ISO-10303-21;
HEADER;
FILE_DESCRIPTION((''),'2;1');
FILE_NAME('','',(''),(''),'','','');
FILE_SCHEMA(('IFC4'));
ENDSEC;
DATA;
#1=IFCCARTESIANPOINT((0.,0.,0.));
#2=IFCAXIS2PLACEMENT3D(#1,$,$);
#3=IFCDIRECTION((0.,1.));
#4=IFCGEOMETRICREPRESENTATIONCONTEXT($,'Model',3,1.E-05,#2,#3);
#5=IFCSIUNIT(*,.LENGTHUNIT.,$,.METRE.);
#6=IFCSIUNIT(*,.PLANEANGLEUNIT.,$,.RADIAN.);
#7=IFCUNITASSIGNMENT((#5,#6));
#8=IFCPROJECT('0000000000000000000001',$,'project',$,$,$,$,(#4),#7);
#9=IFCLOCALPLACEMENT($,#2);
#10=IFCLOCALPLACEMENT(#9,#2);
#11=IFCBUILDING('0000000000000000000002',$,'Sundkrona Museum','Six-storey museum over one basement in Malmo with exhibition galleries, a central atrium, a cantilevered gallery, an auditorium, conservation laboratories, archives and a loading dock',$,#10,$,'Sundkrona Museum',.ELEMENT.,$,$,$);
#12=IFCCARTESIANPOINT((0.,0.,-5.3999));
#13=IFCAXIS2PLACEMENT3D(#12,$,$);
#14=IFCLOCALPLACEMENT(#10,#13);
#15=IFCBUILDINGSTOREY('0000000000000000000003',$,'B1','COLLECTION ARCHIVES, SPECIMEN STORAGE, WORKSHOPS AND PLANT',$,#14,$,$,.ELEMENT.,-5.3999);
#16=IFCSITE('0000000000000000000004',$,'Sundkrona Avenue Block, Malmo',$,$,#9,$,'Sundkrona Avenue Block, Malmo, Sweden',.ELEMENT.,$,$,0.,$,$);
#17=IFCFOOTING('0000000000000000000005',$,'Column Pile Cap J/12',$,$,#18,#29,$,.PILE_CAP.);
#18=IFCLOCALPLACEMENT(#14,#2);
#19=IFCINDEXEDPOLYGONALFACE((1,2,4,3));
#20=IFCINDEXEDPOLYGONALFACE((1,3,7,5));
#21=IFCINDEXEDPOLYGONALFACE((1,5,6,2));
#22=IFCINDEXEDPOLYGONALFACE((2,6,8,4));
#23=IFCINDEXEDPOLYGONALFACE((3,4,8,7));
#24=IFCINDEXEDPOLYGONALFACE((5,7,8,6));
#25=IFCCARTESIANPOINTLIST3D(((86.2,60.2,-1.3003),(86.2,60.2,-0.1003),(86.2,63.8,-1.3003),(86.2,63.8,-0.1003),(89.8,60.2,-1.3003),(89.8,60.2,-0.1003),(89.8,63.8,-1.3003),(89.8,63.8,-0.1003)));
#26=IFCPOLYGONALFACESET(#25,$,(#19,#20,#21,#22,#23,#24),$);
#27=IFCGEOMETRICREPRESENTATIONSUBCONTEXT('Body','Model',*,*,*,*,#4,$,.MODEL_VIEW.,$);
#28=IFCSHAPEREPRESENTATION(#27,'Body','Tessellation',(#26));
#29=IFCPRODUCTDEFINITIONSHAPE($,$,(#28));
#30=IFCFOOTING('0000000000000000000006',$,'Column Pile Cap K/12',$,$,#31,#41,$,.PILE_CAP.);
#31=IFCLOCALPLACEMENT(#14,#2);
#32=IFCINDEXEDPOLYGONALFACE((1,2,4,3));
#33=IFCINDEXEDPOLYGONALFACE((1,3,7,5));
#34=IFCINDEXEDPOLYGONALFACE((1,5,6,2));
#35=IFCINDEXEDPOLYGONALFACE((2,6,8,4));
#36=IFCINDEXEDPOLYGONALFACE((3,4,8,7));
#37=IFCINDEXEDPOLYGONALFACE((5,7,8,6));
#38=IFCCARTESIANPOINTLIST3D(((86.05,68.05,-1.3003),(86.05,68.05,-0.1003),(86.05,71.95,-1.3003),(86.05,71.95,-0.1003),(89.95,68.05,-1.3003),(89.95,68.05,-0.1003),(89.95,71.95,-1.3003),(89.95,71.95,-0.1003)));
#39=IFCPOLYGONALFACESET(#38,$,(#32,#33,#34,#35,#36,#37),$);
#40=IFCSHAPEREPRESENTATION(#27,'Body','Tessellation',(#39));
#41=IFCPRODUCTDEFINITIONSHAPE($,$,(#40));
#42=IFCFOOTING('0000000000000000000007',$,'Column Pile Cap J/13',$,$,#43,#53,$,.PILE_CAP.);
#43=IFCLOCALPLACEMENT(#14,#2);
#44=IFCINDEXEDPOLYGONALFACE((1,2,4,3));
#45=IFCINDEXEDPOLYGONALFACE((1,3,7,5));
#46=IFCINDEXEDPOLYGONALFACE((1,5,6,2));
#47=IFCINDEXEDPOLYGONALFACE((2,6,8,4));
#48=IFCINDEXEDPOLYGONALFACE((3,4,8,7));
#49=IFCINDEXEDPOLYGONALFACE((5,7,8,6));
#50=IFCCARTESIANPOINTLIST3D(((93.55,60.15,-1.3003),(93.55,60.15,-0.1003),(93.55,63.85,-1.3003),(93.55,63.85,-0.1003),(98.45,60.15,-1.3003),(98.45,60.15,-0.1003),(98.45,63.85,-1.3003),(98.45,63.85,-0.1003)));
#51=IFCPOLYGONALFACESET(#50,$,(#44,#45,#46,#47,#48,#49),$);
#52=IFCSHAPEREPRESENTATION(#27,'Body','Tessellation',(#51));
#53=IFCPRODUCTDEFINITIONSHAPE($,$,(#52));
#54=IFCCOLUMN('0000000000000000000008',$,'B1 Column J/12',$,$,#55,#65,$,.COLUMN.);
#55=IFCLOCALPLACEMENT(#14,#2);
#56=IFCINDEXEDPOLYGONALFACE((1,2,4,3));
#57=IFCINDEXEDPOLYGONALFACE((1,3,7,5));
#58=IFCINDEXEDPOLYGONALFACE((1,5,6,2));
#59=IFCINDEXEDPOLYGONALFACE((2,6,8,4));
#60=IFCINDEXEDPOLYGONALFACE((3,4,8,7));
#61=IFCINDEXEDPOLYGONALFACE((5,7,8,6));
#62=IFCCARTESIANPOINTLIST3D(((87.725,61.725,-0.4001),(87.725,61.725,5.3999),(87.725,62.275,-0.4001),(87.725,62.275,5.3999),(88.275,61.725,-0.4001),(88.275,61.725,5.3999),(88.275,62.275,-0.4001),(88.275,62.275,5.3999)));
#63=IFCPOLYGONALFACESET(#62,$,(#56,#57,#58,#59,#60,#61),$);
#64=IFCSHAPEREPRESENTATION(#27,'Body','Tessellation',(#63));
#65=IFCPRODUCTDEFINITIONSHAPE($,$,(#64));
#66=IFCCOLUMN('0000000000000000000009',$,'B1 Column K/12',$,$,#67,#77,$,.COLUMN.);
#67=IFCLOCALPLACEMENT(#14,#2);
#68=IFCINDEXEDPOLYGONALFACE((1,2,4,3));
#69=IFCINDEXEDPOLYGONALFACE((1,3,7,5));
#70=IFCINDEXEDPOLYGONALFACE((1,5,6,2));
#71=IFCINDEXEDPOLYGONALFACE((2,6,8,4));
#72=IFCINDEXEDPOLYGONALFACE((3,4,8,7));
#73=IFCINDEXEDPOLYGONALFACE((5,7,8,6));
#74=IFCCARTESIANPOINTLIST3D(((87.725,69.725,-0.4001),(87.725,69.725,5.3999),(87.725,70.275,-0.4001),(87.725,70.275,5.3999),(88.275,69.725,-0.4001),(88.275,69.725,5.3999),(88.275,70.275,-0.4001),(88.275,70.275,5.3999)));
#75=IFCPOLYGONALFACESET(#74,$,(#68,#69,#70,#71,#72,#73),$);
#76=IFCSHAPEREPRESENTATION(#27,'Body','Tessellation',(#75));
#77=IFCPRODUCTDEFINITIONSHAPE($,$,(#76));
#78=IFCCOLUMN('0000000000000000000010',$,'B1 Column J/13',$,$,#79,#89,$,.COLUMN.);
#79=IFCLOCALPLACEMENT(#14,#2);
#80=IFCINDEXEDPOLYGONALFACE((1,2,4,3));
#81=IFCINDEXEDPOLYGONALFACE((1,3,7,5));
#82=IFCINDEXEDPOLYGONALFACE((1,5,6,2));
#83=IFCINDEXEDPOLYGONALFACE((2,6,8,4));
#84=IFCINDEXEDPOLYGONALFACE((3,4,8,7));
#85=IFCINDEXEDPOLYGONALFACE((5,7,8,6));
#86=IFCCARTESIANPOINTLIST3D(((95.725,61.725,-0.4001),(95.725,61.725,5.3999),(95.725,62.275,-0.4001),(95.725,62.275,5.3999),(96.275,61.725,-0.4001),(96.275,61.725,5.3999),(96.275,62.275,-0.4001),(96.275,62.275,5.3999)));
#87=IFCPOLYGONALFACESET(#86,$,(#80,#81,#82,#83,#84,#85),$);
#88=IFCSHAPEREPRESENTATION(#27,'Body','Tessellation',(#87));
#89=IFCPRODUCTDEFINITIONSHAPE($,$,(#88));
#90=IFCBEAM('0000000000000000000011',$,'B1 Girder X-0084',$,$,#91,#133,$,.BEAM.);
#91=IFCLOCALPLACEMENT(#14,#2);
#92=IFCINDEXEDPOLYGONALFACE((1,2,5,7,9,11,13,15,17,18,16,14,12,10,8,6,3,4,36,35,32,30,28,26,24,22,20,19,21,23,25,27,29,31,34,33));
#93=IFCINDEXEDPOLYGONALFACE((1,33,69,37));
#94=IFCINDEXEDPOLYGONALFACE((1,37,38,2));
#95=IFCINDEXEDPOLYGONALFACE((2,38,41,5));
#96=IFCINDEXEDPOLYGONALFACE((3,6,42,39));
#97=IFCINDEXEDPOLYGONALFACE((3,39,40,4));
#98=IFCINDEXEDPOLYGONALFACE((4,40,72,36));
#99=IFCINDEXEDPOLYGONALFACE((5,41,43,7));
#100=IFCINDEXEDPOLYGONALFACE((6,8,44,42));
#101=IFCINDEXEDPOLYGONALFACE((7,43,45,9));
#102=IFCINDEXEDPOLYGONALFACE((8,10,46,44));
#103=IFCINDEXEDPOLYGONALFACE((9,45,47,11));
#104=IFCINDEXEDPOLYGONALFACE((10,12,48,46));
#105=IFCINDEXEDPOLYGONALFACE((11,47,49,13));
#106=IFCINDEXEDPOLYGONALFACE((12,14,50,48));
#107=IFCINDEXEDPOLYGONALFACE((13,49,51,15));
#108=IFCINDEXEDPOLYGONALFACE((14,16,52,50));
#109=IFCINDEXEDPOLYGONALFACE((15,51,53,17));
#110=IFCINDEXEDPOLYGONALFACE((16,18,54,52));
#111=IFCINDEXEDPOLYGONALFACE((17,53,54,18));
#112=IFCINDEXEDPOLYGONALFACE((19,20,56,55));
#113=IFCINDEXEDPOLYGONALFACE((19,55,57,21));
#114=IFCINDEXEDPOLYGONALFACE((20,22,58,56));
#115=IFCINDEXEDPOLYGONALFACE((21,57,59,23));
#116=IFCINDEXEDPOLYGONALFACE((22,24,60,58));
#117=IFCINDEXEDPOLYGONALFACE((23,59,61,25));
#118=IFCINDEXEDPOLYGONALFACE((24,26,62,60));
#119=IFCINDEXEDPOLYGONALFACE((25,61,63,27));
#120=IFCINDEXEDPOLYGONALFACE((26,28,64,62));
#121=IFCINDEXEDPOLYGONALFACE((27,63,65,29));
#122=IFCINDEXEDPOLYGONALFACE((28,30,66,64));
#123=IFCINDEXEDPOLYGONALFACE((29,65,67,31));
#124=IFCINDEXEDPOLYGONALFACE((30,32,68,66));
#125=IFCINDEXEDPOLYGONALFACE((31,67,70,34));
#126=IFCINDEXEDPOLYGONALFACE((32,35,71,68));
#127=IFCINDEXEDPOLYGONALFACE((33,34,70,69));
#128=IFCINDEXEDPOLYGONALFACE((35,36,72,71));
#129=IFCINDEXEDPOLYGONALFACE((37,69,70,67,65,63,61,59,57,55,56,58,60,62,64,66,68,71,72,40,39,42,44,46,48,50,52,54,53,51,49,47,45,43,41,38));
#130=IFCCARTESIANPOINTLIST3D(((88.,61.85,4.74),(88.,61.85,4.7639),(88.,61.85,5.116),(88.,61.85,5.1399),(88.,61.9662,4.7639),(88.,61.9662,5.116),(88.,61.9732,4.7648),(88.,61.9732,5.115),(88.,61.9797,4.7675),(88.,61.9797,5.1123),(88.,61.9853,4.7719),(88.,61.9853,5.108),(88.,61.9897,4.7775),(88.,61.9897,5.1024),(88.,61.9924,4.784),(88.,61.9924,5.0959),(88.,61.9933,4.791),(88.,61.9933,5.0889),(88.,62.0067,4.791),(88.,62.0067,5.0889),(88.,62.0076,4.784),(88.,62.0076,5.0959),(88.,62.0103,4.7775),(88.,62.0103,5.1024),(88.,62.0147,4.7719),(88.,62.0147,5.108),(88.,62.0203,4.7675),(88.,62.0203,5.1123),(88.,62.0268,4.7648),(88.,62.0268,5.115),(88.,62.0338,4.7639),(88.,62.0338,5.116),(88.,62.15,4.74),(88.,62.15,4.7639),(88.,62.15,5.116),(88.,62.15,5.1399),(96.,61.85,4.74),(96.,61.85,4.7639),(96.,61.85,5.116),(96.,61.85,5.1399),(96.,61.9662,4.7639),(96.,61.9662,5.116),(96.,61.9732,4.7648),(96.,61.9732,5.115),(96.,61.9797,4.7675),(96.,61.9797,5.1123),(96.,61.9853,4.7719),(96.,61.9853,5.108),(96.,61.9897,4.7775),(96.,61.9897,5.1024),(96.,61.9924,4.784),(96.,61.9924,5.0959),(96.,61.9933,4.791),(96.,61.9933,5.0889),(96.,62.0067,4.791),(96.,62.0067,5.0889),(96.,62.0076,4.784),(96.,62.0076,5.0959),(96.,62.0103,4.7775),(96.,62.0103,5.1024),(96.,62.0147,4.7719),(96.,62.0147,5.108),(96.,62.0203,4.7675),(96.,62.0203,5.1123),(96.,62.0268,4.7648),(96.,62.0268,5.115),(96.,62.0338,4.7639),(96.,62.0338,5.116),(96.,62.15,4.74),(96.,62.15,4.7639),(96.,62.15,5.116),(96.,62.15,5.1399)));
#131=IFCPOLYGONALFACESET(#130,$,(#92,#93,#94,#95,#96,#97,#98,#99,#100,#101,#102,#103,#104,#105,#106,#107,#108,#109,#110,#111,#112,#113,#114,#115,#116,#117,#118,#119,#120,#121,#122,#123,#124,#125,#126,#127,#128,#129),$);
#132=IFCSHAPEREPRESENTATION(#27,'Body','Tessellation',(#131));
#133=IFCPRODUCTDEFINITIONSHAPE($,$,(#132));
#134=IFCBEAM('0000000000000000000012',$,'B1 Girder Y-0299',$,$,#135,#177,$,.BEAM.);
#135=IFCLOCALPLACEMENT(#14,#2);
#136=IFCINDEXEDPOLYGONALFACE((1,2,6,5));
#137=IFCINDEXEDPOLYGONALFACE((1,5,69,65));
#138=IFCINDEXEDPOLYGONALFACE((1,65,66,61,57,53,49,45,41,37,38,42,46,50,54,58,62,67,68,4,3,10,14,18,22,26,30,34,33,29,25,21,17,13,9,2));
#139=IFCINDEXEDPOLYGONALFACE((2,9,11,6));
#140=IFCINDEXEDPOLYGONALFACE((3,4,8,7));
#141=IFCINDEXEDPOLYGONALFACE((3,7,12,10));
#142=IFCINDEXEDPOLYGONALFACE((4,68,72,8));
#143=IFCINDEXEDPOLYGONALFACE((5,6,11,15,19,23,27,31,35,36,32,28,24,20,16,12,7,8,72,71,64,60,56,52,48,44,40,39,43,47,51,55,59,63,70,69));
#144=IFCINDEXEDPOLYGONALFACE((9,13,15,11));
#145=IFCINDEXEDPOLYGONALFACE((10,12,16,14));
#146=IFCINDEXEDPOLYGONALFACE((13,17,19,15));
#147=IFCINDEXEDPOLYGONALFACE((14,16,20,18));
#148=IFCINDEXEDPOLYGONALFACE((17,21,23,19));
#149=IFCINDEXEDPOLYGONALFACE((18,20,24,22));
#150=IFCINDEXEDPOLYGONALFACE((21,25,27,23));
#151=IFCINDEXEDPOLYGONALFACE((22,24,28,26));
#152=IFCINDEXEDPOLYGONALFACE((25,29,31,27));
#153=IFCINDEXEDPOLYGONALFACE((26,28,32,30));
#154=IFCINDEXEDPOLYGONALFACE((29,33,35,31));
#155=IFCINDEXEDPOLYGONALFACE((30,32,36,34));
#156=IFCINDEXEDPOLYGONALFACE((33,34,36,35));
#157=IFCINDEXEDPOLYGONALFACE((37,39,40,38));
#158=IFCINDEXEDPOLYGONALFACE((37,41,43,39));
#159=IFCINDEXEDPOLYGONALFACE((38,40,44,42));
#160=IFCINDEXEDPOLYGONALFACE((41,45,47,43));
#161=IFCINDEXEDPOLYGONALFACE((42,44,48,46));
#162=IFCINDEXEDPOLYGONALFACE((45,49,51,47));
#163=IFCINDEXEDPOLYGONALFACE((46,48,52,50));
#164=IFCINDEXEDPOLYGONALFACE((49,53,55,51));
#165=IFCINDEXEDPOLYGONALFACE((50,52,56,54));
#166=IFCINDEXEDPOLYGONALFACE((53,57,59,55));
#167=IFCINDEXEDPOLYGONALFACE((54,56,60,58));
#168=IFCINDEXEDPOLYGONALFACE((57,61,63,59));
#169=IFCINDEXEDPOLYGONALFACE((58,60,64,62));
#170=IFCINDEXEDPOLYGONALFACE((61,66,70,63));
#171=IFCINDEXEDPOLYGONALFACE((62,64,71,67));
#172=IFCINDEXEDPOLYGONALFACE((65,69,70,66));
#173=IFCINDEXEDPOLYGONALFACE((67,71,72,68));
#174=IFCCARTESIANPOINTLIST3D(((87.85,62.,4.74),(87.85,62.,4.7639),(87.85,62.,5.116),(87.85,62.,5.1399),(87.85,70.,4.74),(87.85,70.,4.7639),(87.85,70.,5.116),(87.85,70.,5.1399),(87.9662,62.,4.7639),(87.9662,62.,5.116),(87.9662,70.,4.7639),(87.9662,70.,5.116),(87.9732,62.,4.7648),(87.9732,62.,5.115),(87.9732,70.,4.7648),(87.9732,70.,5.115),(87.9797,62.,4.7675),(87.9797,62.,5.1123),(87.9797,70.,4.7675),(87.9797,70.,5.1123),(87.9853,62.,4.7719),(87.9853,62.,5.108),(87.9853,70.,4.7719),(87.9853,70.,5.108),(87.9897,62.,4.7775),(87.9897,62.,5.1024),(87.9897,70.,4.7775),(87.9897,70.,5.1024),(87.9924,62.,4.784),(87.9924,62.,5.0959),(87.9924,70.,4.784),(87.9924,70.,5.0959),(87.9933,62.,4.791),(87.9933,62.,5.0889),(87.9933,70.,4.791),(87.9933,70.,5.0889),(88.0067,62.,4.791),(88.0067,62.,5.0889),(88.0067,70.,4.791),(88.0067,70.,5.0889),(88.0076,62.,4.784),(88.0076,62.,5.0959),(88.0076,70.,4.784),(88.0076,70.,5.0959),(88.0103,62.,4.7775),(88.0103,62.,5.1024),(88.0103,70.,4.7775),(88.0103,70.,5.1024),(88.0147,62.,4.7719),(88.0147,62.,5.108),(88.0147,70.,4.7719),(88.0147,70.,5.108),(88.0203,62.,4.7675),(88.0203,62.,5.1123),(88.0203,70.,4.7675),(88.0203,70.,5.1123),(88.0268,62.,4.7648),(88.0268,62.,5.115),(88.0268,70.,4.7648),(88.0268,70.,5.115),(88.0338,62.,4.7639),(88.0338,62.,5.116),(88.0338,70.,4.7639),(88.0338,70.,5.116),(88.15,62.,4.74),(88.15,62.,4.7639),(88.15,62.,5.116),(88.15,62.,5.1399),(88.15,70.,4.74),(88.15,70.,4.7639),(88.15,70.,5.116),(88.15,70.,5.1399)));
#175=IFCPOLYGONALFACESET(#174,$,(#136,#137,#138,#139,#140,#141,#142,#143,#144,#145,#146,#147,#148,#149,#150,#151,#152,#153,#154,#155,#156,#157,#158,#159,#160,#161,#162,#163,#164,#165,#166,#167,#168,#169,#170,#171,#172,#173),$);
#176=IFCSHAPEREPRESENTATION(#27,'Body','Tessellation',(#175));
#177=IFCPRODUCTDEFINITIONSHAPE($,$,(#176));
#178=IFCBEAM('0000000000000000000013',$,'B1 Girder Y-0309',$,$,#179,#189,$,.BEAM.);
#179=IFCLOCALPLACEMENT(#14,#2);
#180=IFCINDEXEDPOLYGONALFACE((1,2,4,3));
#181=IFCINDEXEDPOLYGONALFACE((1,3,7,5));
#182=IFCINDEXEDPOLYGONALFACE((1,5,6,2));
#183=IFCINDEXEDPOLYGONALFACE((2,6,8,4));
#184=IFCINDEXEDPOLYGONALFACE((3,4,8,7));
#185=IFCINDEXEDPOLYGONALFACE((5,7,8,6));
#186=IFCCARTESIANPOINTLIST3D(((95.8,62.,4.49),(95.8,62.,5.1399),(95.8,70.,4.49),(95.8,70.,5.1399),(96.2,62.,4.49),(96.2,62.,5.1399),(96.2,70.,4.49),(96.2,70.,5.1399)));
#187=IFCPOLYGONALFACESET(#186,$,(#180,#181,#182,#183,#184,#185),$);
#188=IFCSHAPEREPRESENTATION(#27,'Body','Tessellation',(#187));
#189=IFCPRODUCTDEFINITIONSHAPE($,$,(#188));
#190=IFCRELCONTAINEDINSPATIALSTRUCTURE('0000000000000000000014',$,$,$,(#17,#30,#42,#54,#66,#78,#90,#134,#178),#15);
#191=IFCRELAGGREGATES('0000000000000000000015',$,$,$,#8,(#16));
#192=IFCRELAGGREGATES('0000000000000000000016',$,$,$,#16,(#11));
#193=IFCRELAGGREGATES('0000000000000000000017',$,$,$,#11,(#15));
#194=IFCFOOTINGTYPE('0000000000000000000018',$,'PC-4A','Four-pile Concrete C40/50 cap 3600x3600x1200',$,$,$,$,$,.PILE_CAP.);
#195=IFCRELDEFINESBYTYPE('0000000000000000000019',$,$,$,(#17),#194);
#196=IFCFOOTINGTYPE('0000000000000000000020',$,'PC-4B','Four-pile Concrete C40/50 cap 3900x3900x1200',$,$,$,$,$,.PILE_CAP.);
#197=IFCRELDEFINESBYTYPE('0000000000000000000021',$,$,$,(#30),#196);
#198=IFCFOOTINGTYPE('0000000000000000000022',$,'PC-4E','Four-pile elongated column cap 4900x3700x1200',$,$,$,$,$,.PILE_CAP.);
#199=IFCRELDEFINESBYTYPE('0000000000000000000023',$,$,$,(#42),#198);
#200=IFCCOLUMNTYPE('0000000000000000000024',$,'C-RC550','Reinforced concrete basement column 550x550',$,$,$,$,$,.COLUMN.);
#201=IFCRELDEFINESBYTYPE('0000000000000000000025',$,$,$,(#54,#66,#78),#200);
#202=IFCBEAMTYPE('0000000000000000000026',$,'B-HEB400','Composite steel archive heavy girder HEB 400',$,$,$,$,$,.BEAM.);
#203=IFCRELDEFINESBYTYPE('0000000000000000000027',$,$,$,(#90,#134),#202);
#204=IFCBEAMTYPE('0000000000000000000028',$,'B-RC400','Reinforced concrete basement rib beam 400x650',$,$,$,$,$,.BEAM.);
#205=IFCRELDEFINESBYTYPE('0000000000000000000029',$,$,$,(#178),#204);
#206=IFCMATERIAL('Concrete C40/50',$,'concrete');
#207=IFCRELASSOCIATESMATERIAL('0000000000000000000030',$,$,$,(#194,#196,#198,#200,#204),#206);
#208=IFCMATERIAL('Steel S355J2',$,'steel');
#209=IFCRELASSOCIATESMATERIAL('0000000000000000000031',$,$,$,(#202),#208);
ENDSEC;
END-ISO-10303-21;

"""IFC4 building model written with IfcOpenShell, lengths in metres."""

from ifc_helpers import new_model, si_unit, direction, frame, origin, origin_2d, place, context, subcontext, project, spatial, rectangle, i_section, extrude, material, material_profile, profile_set, type_object, element, save


model = new_model("IFC4")

# Units and contexts
model_context = context("Model", 3, precision=1e-05, world=origin(), true_north=direction((0.0, 1.0)))
body_context = subcontext(model_context, "Body", "Model", "MODEL_VIEW")
ifc_project = project(units=[si_unit("LENGTHUNIT", "METRE"), si_unit("PLANEANGLEUNIT", "RADIAN")], contexts=[model_context])

# Site, building, storey
site_placement = place(None, origin())
site = spatial("IfcSite", under=ifc_project, at=site_placement, Name="Sundkrona Avenue Block, Malmo", LongName="Sundkrona Avenue Block, Malmo, Sweden", CompositionType="ELEMENT", RefElevation=0.0)
building_placement = place(site_placement, origin())
building = spatial("IfcBuilding", under=site, at=building_placement, Name="Sundkrona Museum", Description="Six-storey museum over one basement in Malmo with exhibition galleries, a central atrium, a cantilevered gallery, an auditorium, conservation laboratories, archives and a loading dock", LongName="Sundkrona Museum", CompositionType="ELEMENT")
storey_placement = place(building_placement, frame((0.0, 0.0, -5.3999)))
storey = spatial("IfcBuildingStorey", under=building, at=storey_placement, Name="B1", Description="COLLECTION ARCHIVES, SPECIMEN STORAGE, WORKSHOPS AND PLANT", CompositionType="ELEMENT", Elevation=-5.3999)

# Shared definitions
ifc_material_1 = material(Name="Concrete C40/50", Category="concrete")

# Footings
footing_type_1 = type_object("IfcFootingType", Name="PC-4A", Description="Four-pile Concrete C40/50 cap 3600x3600x1200", PredefinedType="PILE_CAP", material=ifc_material_1)
footing_1_placement = place(storey_placement, frame((88.0, 62.0, -1.3003), z_axis=(0.0, 0.0, 1.0), x_axis=(1.0, 0.0, 0.0)))
element("IfcFooting", 1, at=footing_1_placement, inside=storey, type_object=footing_type_1, Name="Column Pile Cap J/12", PredefinedType="PILE_CAP", context=body_context, shape_type="SweptSolid", body=[
    extrude(rectangle(XDim=3.6001, YDim=3.6001, at=origin_2d()), origin(), (0.0, 0.0, 1.0), 1.2),
])
footing_type_2 = type_object("IfcFootingType", Name="PC-4B", Description="Four-pile Concrete C40/50 cap 3900x3900x1200", PredefinedType="PILE_CAP", material=ifc_material_1)
footing_2_placement = place(storey_placement, frame((88.0, 70.0, -1.3003), z_axis=(0.0, 0.0, 1.0), x_axis=(1.0, 0.0, 0.0)))
element("IfcFooting", 2, at=footing_2_placement, inside=storey, type_object=footing_type_2, Name="Column Pile Cap K/12", PredefinedType="PILE_CAP", context=body_context, shape_type="SweptSolid", body=[
    extrude(rectangle(XDim=3.8999, YDim=3.8999, at=origin_2d()), origin(), (0.0, 0.0, 1.0), 1.2),
])
footing_type_3 = type_object("IfcFootingType", Name="PC-4E", Description="Four-pile elongated column cap 4900x3700x1200", PredefinedType="PILE_CAP", material=ifc_material_1)
footing_3_placement = place(storey_placement, frame((96.0, 62.0, -1.3003), z_axis=(0.0, 0.0, 1.0), x_axis=(1.0, 0.0, 0.0)))
element("IfcFooting", 3, at=footing_3_placement, inside=storey, type_object=footing_type_3, Name="Column Pile Cap J/13", PredefinedType="PILE_CAP", context=body_context, shape_type="SweptSolid", body=[
    extrude(rectangle(XDim=4.8999, YDim=3.7, at=origin_2d()), origin(), (0.0, 0.0, 1.0), 1.2),
])

# Columns
ifc_material_profile_1 = material_profile(ifc_material_1, rectangle(XDim=0.55, YDim=0.55, at=origin_2d()), Name="RC 550x550")
ifc_profile_set_1 = profile_set([ifc_material_profile_1], Name="Concrete C40/50")
column_type = type_object("IfcColumnType", Name="C-RC550", Description="Reinforced concrete basement column 550x550", PredefinedType="COLUMN", material=ifc_profile_set_1)
for number, where, z_axis, x_axis, name in (
    (4, (88.0, 62.0, -0.4001), (0.0, 0.0, 1.0), (1.0, 0.0, 0.0), "B1 Column J/12"),
    (5, (88.0, 70.0, -0.4001), (0.0, 0.0, 1.0), (1.0, 0.0, 0.0), "B1 Column K/12"),
    (6, (96.0, 62.0, -0.4001), (0.0, 0.0, 1.0), (1.0, 0.0, 0.0), "B1 Column J/13"),
):
    element("IfcColumn", number, at=place(storey_placement, frame(where, z_axis=z_axis, x_axis=x_axis)), inside=storey, type_object=column_type, Name=name, PredefinedType="COLUMN", context=body_context, shape_type="SweptSolid", body=[
        extrude(rectangle(XDim=0.55, YDim=0.55, at=origin_2d()), origin(), (0.0, 0.0, 1.0), 5.8),
    ])

# Beams
ifc_material_2 = material(Name="Steel S355J2", Category="steel")
ifc_material_profile_2 = material_profile(ifc_material_2, i_section(OverallWidth=0.3, OverallDepth=0.3999, WebThickness=0.0134, FlangeThickness=0.0239, FilletRadius=0.0271, at=origin_2d()), Name="HEB 400")
ifc_profile_set_2 = profile_set([ifc_material_profile_2], Name="Steel S355J2")
beam_type_1 = type_object("IfcBeamType", Name="B-HEB400", Description="Composite steel archive heavy girder HEB 400", PredefinedType="BEAM", material=ifc_profile_set_2)
for number, where, z_axis, x_axis, name in (
    (7, (88.0, 62.0, 4.9399), (1.0, 0.0, 0.0), (0.0, 1.0, 0.0), "B1 Girder X-0084"),
    (8, (88.0, 62.0, 4.9399), (0.0, 1.0, 0.0), (-1.0, 0.0, 0.0), "B1 Girder Y-0299"),
):
    element("IfcBeam", number, at=place(storey_placement, frame(where, z_axis=z_axis, x_axis=x_axis)), inside=storey, type_object=beam_type_1, Name=name, PredefinedType="BEAM", context=body_context, shape_type="SweptSolid", body=[
        extrude(i_section(OverallWidth=0.3, OverallDepth=0.3999, WebThickness=0.0134, FlangeThickness=0.0239, FilletRadius=0.0271, at=origin_2d()), origin(), (0.0, 0.0, 1.0), 8.0),
    ])
ifc_material_profile_3 = material_profile(ifc_material_1, rectangle(XDim=0.3999, YDim=0.6499, at=origin_2d()), Name="RCB 400x650")
ifc_profile_set_3 = profile_set([ifc_material_profile_3], Name="Concrete C40/50")
beam_type_2 = type_object("IfcBeamType", Name="B-RC400", Description="Reinforced concrete basement rib beam 400x650", PredefinedType="BEAM", material=ifc_profile_set_3)
beam_placement = place(storey_placement, frame((96.0, 62.0, 4.8149), z_axis=(0.0, 1.0, 0.0), x_axis=(-1.0, 0.0, 0.0)))
element("IfcBeam", 9, at=beam_placement, inside=storey, type_object=beam_type_2, Name="B1 Girder Y-0309", PredefinedType="BEAM", context=body_context, shape_type="SweptSolid", body=[
    extrude(rectangle(XDim=0.3999, YDim=0.6499, at=origin_2d()), origin(), (0.0, 0.0, 1.0), 8.0),
])

save(model, "model.ifc")
